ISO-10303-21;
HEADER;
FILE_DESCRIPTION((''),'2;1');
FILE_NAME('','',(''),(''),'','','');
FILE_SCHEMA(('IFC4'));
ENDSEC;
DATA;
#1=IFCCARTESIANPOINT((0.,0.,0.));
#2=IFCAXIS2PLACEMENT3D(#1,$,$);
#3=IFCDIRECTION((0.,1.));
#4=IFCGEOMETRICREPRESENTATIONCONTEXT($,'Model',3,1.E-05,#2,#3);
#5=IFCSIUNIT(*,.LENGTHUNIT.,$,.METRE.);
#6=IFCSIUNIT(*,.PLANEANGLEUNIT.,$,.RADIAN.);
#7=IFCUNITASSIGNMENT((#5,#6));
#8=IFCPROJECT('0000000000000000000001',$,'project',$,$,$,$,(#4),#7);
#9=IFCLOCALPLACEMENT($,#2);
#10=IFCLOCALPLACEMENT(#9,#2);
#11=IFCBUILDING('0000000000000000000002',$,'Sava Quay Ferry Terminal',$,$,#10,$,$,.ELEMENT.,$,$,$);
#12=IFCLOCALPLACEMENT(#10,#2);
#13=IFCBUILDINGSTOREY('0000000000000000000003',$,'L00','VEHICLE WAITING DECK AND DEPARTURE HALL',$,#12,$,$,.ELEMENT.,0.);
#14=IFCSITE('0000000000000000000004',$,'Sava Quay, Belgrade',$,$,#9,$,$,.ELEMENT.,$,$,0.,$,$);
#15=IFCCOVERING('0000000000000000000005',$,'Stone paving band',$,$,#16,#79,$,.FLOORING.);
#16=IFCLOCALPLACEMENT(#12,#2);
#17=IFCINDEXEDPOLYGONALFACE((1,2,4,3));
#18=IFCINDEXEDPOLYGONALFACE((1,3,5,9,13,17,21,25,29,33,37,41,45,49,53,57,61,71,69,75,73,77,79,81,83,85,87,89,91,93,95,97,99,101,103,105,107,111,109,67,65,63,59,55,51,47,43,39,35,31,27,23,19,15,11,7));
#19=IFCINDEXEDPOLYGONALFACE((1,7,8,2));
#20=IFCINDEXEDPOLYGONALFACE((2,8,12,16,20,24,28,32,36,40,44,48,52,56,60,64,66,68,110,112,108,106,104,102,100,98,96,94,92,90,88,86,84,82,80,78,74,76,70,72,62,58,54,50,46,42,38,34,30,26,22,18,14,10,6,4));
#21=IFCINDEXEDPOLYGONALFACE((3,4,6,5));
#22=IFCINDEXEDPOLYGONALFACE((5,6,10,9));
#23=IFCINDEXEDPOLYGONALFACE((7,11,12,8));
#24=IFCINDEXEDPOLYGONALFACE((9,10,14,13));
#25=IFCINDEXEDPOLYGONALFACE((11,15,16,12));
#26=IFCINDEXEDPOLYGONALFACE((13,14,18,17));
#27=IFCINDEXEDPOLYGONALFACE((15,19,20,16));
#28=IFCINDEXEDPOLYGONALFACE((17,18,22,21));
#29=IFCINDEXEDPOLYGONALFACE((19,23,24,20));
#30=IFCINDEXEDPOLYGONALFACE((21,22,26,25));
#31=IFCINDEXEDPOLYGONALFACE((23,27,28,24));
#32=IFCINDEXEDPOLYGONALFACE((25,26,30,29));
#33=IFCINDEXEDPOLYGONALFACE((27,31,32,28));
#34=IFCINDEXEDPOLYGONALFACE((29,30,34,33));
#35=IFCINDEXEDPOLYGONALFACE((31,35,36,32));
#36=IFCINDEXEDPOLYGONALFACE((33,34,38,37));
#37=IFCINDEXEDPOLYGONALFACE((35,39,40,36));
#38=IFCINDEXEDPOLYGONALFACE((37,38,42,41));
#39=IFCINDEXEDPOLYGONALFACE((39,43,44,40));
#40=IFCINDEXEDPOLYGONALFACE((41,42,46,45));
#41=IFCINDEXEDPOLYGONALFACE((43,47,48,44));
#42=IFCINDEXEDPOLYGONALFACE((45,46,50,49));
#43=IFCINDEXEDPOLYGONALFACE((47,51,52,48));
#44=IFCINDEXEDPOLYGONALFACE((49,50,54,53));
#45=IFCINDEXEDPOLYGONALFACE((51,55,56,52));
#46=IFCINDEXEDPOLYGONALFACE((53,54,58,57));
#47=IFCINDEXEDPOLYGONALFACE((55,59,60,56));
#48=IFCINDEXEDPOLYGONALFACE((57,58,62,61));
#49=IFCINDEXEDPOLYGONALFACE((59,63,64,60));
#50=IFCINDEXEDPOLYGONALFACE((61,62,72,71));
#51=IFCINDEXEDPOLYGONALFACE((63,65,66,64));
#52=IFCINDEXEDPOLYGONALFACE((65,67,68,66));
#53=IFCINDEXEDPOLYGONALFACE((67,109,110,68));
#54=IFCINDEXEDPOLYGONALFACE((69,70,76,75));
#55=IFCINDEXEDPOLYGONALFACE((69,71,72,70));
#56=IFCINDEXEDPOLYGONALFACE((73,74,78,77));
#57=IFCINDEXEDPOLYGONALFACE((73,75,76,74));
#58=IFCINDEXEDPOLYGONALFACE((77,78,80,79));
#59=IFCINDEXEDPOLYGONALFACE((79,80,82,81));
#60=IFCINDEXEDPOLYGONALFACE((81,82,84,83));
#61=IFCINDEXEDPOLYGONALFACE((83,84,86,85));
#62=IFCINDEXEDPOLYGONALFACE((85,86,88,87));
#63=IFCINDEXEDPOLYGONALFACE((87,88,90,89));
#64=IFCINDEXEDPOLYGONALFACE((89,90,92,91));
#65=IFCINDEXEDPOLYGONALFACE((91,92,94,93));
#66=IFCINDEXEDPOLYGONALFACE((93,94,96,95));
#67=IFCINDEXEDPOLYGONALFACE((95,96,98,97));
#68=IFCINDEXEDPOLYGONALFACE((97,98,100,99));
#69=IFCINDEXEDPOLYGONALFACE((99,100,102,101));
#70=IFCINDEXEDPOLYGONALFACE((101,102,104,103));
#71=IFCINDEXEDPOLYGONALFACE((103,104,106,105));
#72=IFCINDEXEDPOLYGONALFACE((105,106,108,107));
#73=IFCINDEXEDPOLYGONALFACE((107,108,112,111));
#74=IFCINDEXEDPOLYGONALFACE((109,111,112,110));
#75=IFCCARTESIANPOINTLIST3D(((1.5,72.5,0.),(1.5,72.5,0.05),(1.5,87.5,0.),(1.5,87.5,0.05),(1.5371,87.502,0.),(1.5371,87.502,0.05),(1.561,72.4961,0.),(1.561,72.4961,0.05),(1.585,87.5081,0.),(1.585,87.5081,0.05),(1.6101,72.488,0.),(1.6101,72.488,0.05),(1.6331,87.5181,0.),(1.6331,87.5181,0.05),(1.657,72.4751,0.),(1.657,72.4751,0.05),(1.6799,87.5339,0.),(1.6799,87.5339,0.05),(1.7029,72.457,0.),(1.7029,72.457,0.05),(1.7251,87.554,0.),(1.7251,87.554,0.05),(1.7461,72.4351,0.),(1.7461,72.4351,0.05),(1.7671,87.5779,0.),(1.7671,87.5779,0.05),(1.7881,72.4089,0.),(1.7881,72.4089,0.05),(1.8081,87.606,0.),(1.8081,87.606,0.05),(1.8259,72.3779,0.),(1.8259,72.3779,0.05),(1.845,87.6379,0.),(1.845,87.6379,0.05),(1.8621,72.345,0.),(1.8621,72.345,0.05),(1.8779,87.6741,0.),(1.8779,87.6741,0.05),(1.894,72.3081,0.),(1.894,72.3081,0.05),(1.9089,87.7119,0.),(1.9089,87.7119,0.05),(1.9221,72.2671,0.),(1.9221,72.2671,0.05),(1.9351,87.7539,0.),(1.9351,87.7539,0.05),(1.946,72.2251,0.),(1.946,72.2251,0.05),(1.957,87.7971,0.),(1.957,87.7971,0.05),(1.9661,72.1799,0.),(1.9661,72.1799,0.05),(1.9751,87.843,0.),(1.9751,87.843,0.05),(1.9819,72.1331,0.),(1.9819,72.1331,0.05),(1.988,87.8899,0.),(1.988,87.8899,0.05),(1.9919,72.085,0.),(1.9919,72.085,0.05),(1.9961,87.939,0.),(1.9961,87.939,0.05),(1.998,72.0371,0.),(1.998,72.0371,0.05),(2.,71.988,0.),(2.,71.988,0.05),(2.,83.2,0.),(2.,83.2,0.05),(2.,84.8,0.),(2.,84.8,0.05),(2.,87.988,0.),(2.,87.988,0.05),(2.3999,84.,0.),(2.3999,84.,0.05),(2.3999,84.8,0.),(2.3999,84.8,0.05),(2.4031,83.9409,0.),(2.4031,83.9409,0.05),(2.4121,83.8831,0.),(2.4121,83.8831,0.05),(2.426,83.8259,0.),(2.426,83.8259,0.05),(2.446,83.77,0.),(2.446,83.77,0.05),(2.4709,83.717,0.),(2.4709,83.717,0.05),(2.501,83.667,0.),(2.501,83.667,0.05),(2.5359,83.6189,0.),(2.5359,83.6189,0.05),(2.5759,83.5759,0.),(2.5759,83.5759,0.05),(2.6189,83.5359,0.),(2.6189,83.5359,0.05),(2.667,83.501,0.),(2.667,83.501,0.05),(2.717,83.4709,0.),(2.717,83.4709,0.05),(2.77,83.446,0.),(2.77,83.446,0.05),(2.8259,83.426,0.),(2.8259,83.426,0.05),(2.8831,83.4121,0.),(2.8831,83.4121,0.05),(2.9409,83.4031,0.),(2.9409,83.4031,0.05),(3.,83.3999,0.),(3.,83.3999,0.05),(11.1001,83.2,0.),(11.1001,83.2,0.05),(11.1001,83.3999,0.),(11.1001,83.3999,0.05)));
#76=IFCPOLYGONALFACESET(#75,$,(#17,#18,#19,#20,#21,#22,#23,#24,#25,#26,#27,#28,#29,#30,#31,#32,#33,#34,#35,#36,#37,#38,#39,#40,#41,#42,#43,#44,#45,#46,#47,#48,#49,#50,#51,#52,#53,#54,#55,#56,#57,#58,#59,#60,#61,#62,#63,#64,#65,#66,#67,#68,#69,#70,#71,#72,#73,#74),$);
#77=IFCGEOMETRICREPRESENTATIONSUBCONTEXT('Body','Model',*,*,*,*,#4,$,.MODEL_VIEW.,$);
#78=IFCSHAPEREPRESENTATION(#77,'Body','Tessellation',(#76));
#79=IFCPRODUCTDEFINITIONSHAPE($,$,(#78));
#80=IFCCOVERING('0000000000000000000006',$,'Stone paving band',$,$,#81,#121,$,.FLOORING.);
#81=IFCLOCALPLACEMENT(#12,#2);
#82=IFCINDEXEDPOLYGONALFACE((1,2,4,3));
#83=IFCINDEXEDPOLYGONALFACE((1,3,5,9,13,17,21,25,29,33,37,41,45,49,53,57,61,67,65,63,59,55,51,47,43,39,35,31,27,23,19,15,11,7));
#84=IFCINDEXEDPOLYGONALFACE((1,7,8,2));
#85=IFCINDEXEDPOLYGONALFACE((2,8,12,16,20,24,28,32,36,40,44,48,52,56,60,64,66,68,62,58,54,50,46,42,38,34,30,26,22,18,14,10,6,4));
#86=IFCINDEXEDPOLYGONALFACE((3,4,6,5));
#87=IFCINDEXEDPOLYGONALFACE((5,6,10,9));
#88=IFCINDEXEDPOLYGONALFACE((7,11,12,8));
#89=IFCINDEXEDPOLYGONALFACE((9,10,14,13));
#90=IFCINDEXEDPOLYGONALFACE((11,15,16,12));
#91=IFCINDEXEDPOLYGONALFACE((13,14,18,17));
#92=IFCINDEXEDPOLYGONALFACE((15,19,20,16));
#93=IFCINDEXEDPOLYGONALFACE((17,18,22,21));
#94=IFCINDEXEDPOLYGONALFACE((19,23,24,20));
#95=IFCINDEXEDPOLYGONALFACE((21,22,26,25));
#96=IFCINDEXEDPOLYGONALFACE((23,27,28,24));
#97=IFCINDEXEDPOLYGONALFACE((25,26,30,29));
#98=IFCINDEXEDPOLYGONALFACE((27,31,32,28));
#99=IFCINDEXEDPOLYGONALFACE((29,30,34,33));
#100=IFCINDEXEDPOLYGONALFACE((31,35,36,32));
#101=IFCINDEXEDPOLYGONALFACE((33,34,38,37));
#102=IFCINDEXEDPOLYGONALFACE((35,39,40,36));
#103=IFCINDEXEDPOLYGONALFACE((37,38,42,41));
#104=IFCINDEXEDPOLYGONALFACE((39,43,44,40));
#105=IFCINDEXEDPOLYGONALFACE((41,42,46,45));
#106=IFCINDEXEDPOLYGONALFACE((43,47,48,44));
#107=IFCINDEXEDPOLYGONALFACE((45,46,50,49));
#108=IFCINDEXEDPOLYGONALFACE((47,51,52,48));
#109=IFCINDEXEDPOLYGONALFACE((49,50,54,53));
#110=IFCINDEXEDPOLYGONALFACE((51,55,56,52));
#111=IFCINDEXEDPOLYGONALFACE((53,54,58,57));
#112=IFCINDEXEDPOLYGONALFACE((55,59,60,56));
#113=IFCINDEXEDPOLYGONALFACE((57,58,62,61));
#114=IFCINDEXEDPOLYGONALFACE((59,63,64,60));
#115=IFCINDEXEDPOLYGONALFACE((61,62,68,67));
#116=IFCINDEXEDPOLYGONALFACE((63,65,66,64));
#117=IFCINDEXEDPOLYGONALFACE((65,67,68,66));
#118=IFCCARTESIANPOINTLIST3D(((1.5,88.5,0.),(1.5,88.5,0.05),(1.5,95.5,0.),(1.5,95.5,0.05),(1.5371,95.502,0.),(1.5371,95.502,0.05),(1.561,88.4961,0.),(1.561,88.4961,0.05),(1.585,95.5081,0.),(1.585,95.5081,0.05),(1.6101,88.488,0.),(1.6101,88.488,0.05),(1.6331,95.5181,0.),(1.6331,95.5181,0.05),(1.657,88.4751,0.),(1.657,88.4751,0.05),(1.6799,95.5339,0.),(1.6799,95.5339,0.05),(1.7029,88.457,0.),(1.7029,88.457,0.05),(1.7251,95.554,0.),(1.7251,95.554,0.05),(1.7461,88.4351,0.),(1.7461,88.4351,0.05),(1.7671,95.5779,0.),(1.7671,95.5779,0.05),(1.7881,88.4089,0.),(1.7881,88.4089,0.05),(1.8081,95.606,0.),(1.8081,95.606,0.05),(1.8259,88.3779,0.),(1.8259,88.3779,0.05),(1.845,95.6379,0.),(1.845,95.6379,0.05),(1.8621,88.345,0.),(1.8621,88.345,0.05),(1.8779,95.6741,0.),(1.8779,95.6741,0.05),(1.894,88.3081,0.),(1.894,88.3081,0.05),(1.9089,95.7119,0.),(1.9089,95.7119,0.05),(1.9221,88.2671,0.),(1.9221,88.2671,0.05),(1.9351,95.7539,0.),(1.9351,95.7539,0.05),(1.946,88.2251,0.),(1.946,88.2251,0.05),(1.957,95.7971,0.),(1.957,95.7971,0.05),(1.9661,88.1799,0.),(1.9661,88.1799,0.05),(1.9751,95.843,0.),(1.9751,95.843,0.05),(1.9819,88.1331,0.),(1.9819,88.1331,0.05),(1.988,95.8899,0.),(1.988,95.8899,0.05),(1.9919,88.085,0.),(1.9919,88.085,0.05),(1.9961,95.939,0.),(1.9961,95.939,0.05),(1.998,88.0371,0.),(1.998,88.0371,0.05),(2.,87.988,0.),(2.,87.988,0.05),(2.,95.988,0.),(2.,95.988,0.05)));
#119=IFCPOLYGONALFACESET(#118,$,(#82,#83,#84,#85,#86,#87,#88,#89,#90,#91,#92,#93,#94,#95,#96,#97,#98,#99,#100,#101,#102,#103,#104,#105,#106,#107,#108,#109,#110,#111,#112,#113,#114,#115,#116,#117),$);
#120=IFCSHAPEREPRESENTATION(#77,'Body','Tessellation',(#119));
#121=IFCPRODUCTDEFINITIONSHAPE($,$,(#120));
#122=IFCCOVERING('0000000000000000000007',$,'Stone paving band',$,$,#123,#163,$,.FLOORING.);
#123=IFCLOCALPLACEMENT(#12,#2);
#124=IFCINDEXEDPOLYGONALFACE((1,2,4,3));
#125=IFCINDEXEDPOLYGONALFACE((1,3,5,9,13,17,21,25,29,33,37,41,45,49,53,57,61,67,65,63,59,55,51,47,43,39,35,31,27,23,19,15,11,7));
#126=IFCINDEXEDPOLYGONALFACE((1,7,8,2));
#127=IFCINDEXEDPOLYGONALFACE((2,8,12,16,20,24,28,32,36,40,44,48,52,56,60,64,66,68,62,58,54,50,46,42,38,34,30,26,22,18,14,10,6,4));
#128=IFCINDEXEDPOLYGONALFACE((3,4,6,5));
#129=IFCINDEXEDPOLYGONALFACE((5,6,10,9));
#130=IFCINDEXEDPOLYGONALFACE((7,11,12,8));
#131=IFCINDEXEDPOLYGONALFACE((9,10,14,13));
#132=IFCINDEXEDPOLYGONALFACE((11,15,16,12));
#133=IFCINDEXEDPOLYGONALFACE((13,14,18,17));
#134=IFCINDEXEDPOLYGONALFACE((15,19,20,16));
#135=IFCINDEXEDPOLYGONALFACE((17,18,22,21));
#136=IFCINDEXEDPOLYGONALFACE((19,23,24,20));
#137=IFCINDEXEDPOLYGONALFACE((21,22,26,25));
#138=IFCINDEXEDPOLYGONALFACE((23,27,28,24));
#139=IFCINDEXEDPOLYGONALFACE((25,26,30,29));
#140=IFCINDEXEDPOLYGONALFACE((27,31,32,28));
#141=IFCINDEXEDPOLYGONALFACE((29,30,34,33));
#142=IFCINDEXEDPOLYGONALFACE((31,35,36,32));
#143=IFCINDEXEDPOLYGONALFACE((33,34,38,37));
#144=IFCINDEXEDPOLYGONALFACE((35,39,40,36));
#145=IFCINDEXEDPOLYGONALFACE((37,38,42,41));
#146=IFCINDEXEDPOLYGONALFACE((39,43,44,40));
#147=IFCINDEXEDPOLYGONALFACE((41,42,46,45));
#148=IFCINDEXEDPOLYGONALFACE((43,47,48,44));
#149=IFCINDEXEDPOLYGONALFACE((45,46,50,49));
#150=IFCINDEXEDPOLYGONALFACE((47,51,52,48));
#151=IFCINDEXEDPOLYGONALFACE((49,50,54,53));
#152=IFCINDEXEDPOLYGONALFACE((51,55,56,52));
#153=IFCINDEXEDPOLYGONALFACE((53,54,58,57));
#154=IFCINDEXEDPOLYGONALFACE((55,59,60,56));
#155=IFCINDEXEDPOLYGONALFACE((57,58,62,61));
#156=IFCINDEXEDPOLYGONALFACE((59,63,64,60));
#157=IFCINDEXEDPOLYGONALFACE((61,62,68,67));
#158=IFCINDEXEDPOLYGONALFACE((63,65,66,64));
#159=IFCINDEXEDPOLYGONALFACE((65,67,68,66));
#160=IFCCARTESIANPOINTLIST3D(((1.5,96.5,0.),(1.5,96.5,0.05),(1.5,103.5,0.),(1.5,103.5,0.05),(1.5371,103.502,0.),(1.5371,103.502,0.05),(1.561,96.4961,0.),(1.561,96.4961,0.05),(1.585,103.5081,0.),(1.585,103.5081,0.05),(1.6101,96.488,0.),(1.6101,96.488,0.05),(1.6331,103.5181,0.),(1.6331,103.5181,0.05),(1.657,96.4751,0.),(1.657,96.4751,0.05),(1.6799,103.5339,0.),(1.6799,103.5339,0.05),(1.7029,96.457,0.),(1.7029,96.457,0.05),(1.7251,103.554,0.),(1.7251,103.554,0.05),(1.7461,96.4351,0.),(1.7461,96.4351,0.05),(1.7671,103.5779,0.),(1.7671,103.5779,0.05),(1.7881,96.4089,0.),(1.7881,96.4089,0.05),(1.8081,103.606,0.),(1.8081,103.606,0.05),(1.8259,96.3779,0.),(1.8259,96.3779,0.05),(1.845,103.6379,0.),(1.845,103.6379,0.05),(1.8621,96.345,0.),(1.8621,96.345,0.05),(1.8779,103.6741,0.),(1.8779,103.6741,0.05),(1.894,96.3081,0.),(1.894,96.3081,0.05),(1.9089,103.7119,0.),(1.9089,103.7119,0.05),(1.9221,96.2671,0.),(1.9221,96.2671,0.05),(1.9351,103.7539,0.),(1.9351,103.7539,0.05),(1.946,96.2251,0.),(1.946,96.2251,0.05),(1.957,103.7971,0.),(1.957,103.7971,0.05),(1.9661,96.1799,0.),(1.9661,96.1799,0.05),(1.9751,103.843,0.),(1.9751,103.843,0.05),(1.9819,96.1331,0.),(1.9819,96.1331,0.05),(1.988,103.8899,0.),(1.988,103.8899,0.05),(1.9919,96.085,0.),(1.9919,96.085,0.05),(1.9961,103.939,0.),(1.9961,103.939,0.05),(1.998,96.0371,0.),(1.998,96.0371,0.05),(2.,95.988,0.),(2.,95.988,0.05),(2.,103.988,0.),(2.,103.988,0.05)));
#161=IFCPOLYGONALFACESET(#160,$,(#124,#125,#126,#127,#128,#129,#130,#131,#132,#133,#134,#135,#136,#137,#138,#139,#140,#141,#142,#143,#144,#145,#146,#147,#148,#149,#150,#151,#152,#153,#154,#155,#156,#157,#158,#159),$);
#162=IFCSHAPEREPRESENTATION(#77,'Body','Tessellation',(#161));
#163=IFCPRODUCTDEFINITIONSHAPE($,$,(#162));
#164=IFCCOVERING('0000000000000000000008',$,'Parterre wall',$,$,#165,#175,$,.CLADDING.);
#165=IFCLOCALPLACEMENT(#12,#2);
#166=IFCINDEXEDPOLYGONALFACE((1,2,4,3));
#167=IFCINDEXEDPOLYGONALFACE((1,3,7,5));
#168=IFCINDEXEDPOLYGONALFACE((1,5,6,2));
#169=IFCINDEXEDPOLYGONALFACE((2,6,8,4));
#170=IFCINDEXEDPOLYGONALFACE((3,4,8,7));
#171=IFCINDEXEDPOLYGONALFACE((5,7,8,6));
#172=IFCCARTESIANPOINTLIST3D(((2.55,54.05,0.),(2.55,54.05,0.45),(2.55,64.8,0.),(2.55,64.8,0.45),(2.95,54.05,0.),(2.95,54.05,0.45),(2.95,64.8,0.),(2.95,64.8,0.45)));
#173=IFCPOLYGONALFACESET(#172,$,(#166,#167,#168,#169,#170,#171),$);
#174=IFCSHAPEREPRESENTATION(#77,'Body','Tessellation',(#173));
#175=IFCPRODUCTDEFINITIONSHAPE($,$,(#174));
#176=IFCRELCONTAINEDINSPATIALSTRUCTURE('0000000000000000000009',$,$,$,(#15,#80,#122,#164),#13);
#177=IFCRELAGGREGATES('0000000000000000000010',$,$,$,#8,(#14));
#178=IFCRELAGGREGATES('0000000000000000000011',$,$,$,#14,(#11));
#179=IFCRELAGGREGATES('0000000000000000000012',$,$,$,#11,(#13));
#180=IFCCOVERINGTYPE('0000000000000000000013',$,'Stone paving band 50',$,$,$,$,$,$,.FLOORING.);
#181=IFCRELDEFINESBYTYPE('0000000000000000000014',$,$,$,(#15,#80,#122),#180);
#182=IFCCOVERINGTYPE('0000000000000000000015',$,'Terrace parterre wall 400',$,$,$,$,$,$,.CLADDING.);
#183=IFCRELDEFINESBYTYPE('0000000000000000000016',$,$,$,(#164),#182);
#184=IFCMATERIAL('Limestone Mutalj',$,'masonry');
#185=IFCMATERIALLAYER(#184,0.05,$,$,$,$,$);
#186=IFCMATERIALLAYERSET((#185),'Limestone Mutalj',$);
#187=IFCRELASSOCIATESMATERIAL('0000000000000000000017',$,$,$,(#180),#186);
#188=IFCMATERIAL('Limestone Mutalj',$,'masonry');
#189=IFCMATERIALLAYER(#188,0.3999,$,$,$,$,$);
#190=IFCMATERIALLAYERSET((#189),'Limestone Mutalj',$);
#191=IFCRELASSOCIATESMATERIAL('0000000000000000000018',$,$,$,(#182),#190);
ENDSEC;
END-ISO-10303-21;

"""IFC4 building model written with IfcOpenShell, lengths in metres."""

from ifc_helpers import new_model, si_unit, direction, origin, place, context, subcontext, project, spatial, polyline, outline, extrude, material, layer, layer_set, type_object, element, save


model = new_model("IFC4")

# Units and contexts
model_context = context("Model", 3, precision=1e-05, world=origin(), true_north=direction((0.0, 1.0)))
body_context = subcontext(model_context, "Body", "Model", "MODEL_VIEW")
ifc_project = project(units=[si_unit("LENGTHUNIT", "METRE"), si_unit("PLANEANGLEUNIT", "RADIAN")], contexts=[model_context])

# Site, building, storey
site_placement = place(None, origin())
site = spatial("IfcSite", under=ifc_project, at=site_placement, Name="Sava Quay, Belgrade", CompositionType="ELEMENT", RefElevation=0.0)
building_placement = place(site_placement, origin())
building = spatial("IfcBuilding", under=site, at=building_placement, Name="Sava Quay Ferry Terminal", CompositionType="ELEMENT")
storey_placement = place(building_placement, origin())
storey = spatial("IfcBuildingStorey", under=building, at=storey_placement, Name="L00", Description="VEHICLE WAITING DECK AND DEPARTURE HALL", CompositionType="ELEMENT", Elevation=0.0)

# Coverings
ifc_material_1 = material(Name="Limestone Mutalj", Category="masonry")
ifc_layer_1 = layer(ifc_material_1, 0.05)
ifc_layer_set_1 = layer_set([ifc_layer_1], Name="Limestone Mutalj")
covering_type_1 = type_object("IfcCoveringType", Name="Stone paving band 50", PredefinedType="FLOORING", material=ifc_layer_set_1)
covering_1_placement = place(storey_placement, origin())
element("IfcCovering", 1, at=covering_1_placement, inside=storey, type_object=covering_type_1, Name="Stone paving band", PredefinedType="FLOORING", context=body_context, shape_type="SweptSolid", body=[
    extrude(outline(polyline([(1.998, 72.0371), (2.0, 71.988), (2.0, 83.2), (11.1001, 83.2), (11.1001, 83.3999), (3.0, 83.3999), (2.9409, 83.4031), (2.8831, 83.4121), (2.8259, 83.426), (2.77, 83.446), (2.717, 83.4709), (2.667, 83.501), (2.6189, 83.5359), (2.5759, 83.5759), (2.5359, 83.6189), (2.501, 83.667), (2.4709, 83.717), (2.446, 83.77), (2.426, 83.8259), (2.4121, 83.8831), (2.4031, 83.9409), (2.3999, 84.0), (2.3999, 84.8), (2.0, 84.8), (2.0, 87.988), (1.9961, 87.939), (1.988, 87.8899), (1.9751, 87.843), (1.957, 87.7971), (1.9351, 87.7539), (1.9089, 87.7119), (1.8779, 87.6741), (1.845, 87.6379), (1.8081, 87.606), (1.7671, 87.5779), (1.7251, 87.554), (1.6799, 87.5339), (1.6331, 87.5181), (1.585, 87.5081), (1.5371, 87.502), (1.5, 87.5), (1.5, 72.5), (1.561, 72.4961), (1.6101, 72.488), (1.657, 72.4751), (1.7029, 72.457), (1.7461, 72.4351), (1.7881, 72.4089), (1.8259, 72.3779), (1.8621, 72.345), (1.894, 72.3081), (1.9221, 72.2671), (1.946, 72.2251), (1.9661, 72.1799), (1.9819, 72.1331), (1.9919, 72.085), (1.998, 72.0371)])), origin(), (0.0, 0.0, 1.0), 0.05),
])
covering_2_placement = place(storey_placement, origin())
element("IfcCovering", 2, at=covering_2_placement, inside=storey, type_object=covering_type_1, Name="Stone paving band", PredefinedType="FLOORING", context=body_context, shape_type="SweptSolid", body=[
    extrude(outline(polyline([(1.998, 88.0371), (2.0, 87.988), (2.0, 95.988), (1.9961, 95.939), (1.988, 95.8899), (1.9751, 95.843), (1.957, 95.7971), (1.9351, 95.7539), (1.9089, 95.7119), (1.8779, 95.6741), (1.845, 95.6379), (1.8081, 95.606), (1.7671, 95.5779), (1.7251, 95.554), (1.6799, 95.5339), (1.6331, 95.5181), (1.585, 95.5081), (1.5371, 95.502), (1.5, 95.5), (1.5, 88.5), (1.561, 88.4961), (1.6101, 88.488), (1.657, 88.4751), (1.7029, 88.457), (1.7461, 88.4351), (1.7881, 88.4089), (1.8259, 88.3779), (1.8621, 88.345), (1.894, 88.3081), (1.9221, 88.2671), (1.946, 88.2251), (1.9661, 88.1799), (1.9819, 88.1331), (1.9919, 88.085), (1.998, 88.0371)])), origin(), (0.0, 0.0, 1.0), 0.05),
])
covering_3_placement = place(storey_placement, origin())
element("IfcCovering", 3, at=covering_3_placement, inside=storey, type_object=covering_type_1, Name="Stone paving band", PredefinedType="FLOORING", context=body_context, shape_type="SweptSolid", body=[
    extrude(outline(polyline([(1.998, 96.0371), (2.0, 95.988), (2.0, 103.988), (1.9961, 103.939), (1.988, 103.8899), (1.9751, 103.843), (1.957, 103.7971), (1.9351, 103.7539), (1.9089, 103.7119), (1.8779, 103.6741), (1.845, 103.6379), (1.8081, 103.606), (1.7671, 103.5779), (1.7251, 103.554), (1.6799, 103.5339), (1.6331, 103.5181), (1.585, 103.5081), (1.5371, 103.502), (1.5, 103.5), (1.5, 96.5), (1.561, 96.4961), (1.6101, 96.488), (1.657, 96.4751), (1.7029, 96.457), (1.7461, 96.4351), (1.7881, 96.4089), (1.8259, 96.3779), (1.8621, 96.345), (1.894, 96.3081), (1.9221, 96.2671), (1.946, 96.2251), (1.9661, 96.1799), (1.9819, 96.1331), (1.9919, 96.085), (1.998, 96.0371)])), origin(), (0.0, 0.0, 1.0), 0.05),
])
ifc_material_2 = material(Name="Limestone Mutalj", Category="masonry")
ifc_layer_2 = layer(ifc_material_2, 0.3999)
ifc_layer_set_2 = layer_set([ifc_layer_2], Name="Limestone Mutalj")
covering_type_2 = type_object("IfcCoveringType", Name="Terrace parterre wall 400", PredefinedType="CLADDING", material=ifc_layer_set_2)
covering_4_placement = place(storey_placement, origin())
element("IfcCovering", 4, at=covering_4_placement, inside=storey, type_object=covering_type_2, Name="Parterre wall", PredefinedType="CLADDING", context=body_context, shape_type="SweptSolid", body=[
    extrude(outline(polyline([(2.95, 54.05), (2.95, 64.8), (2.55, 64.8), (2.55, 54.05), (2.95, 54.05)])), origin(), (0.0, 0.0, 1.0), 0.45),
])

save(model, "model.ifc")
